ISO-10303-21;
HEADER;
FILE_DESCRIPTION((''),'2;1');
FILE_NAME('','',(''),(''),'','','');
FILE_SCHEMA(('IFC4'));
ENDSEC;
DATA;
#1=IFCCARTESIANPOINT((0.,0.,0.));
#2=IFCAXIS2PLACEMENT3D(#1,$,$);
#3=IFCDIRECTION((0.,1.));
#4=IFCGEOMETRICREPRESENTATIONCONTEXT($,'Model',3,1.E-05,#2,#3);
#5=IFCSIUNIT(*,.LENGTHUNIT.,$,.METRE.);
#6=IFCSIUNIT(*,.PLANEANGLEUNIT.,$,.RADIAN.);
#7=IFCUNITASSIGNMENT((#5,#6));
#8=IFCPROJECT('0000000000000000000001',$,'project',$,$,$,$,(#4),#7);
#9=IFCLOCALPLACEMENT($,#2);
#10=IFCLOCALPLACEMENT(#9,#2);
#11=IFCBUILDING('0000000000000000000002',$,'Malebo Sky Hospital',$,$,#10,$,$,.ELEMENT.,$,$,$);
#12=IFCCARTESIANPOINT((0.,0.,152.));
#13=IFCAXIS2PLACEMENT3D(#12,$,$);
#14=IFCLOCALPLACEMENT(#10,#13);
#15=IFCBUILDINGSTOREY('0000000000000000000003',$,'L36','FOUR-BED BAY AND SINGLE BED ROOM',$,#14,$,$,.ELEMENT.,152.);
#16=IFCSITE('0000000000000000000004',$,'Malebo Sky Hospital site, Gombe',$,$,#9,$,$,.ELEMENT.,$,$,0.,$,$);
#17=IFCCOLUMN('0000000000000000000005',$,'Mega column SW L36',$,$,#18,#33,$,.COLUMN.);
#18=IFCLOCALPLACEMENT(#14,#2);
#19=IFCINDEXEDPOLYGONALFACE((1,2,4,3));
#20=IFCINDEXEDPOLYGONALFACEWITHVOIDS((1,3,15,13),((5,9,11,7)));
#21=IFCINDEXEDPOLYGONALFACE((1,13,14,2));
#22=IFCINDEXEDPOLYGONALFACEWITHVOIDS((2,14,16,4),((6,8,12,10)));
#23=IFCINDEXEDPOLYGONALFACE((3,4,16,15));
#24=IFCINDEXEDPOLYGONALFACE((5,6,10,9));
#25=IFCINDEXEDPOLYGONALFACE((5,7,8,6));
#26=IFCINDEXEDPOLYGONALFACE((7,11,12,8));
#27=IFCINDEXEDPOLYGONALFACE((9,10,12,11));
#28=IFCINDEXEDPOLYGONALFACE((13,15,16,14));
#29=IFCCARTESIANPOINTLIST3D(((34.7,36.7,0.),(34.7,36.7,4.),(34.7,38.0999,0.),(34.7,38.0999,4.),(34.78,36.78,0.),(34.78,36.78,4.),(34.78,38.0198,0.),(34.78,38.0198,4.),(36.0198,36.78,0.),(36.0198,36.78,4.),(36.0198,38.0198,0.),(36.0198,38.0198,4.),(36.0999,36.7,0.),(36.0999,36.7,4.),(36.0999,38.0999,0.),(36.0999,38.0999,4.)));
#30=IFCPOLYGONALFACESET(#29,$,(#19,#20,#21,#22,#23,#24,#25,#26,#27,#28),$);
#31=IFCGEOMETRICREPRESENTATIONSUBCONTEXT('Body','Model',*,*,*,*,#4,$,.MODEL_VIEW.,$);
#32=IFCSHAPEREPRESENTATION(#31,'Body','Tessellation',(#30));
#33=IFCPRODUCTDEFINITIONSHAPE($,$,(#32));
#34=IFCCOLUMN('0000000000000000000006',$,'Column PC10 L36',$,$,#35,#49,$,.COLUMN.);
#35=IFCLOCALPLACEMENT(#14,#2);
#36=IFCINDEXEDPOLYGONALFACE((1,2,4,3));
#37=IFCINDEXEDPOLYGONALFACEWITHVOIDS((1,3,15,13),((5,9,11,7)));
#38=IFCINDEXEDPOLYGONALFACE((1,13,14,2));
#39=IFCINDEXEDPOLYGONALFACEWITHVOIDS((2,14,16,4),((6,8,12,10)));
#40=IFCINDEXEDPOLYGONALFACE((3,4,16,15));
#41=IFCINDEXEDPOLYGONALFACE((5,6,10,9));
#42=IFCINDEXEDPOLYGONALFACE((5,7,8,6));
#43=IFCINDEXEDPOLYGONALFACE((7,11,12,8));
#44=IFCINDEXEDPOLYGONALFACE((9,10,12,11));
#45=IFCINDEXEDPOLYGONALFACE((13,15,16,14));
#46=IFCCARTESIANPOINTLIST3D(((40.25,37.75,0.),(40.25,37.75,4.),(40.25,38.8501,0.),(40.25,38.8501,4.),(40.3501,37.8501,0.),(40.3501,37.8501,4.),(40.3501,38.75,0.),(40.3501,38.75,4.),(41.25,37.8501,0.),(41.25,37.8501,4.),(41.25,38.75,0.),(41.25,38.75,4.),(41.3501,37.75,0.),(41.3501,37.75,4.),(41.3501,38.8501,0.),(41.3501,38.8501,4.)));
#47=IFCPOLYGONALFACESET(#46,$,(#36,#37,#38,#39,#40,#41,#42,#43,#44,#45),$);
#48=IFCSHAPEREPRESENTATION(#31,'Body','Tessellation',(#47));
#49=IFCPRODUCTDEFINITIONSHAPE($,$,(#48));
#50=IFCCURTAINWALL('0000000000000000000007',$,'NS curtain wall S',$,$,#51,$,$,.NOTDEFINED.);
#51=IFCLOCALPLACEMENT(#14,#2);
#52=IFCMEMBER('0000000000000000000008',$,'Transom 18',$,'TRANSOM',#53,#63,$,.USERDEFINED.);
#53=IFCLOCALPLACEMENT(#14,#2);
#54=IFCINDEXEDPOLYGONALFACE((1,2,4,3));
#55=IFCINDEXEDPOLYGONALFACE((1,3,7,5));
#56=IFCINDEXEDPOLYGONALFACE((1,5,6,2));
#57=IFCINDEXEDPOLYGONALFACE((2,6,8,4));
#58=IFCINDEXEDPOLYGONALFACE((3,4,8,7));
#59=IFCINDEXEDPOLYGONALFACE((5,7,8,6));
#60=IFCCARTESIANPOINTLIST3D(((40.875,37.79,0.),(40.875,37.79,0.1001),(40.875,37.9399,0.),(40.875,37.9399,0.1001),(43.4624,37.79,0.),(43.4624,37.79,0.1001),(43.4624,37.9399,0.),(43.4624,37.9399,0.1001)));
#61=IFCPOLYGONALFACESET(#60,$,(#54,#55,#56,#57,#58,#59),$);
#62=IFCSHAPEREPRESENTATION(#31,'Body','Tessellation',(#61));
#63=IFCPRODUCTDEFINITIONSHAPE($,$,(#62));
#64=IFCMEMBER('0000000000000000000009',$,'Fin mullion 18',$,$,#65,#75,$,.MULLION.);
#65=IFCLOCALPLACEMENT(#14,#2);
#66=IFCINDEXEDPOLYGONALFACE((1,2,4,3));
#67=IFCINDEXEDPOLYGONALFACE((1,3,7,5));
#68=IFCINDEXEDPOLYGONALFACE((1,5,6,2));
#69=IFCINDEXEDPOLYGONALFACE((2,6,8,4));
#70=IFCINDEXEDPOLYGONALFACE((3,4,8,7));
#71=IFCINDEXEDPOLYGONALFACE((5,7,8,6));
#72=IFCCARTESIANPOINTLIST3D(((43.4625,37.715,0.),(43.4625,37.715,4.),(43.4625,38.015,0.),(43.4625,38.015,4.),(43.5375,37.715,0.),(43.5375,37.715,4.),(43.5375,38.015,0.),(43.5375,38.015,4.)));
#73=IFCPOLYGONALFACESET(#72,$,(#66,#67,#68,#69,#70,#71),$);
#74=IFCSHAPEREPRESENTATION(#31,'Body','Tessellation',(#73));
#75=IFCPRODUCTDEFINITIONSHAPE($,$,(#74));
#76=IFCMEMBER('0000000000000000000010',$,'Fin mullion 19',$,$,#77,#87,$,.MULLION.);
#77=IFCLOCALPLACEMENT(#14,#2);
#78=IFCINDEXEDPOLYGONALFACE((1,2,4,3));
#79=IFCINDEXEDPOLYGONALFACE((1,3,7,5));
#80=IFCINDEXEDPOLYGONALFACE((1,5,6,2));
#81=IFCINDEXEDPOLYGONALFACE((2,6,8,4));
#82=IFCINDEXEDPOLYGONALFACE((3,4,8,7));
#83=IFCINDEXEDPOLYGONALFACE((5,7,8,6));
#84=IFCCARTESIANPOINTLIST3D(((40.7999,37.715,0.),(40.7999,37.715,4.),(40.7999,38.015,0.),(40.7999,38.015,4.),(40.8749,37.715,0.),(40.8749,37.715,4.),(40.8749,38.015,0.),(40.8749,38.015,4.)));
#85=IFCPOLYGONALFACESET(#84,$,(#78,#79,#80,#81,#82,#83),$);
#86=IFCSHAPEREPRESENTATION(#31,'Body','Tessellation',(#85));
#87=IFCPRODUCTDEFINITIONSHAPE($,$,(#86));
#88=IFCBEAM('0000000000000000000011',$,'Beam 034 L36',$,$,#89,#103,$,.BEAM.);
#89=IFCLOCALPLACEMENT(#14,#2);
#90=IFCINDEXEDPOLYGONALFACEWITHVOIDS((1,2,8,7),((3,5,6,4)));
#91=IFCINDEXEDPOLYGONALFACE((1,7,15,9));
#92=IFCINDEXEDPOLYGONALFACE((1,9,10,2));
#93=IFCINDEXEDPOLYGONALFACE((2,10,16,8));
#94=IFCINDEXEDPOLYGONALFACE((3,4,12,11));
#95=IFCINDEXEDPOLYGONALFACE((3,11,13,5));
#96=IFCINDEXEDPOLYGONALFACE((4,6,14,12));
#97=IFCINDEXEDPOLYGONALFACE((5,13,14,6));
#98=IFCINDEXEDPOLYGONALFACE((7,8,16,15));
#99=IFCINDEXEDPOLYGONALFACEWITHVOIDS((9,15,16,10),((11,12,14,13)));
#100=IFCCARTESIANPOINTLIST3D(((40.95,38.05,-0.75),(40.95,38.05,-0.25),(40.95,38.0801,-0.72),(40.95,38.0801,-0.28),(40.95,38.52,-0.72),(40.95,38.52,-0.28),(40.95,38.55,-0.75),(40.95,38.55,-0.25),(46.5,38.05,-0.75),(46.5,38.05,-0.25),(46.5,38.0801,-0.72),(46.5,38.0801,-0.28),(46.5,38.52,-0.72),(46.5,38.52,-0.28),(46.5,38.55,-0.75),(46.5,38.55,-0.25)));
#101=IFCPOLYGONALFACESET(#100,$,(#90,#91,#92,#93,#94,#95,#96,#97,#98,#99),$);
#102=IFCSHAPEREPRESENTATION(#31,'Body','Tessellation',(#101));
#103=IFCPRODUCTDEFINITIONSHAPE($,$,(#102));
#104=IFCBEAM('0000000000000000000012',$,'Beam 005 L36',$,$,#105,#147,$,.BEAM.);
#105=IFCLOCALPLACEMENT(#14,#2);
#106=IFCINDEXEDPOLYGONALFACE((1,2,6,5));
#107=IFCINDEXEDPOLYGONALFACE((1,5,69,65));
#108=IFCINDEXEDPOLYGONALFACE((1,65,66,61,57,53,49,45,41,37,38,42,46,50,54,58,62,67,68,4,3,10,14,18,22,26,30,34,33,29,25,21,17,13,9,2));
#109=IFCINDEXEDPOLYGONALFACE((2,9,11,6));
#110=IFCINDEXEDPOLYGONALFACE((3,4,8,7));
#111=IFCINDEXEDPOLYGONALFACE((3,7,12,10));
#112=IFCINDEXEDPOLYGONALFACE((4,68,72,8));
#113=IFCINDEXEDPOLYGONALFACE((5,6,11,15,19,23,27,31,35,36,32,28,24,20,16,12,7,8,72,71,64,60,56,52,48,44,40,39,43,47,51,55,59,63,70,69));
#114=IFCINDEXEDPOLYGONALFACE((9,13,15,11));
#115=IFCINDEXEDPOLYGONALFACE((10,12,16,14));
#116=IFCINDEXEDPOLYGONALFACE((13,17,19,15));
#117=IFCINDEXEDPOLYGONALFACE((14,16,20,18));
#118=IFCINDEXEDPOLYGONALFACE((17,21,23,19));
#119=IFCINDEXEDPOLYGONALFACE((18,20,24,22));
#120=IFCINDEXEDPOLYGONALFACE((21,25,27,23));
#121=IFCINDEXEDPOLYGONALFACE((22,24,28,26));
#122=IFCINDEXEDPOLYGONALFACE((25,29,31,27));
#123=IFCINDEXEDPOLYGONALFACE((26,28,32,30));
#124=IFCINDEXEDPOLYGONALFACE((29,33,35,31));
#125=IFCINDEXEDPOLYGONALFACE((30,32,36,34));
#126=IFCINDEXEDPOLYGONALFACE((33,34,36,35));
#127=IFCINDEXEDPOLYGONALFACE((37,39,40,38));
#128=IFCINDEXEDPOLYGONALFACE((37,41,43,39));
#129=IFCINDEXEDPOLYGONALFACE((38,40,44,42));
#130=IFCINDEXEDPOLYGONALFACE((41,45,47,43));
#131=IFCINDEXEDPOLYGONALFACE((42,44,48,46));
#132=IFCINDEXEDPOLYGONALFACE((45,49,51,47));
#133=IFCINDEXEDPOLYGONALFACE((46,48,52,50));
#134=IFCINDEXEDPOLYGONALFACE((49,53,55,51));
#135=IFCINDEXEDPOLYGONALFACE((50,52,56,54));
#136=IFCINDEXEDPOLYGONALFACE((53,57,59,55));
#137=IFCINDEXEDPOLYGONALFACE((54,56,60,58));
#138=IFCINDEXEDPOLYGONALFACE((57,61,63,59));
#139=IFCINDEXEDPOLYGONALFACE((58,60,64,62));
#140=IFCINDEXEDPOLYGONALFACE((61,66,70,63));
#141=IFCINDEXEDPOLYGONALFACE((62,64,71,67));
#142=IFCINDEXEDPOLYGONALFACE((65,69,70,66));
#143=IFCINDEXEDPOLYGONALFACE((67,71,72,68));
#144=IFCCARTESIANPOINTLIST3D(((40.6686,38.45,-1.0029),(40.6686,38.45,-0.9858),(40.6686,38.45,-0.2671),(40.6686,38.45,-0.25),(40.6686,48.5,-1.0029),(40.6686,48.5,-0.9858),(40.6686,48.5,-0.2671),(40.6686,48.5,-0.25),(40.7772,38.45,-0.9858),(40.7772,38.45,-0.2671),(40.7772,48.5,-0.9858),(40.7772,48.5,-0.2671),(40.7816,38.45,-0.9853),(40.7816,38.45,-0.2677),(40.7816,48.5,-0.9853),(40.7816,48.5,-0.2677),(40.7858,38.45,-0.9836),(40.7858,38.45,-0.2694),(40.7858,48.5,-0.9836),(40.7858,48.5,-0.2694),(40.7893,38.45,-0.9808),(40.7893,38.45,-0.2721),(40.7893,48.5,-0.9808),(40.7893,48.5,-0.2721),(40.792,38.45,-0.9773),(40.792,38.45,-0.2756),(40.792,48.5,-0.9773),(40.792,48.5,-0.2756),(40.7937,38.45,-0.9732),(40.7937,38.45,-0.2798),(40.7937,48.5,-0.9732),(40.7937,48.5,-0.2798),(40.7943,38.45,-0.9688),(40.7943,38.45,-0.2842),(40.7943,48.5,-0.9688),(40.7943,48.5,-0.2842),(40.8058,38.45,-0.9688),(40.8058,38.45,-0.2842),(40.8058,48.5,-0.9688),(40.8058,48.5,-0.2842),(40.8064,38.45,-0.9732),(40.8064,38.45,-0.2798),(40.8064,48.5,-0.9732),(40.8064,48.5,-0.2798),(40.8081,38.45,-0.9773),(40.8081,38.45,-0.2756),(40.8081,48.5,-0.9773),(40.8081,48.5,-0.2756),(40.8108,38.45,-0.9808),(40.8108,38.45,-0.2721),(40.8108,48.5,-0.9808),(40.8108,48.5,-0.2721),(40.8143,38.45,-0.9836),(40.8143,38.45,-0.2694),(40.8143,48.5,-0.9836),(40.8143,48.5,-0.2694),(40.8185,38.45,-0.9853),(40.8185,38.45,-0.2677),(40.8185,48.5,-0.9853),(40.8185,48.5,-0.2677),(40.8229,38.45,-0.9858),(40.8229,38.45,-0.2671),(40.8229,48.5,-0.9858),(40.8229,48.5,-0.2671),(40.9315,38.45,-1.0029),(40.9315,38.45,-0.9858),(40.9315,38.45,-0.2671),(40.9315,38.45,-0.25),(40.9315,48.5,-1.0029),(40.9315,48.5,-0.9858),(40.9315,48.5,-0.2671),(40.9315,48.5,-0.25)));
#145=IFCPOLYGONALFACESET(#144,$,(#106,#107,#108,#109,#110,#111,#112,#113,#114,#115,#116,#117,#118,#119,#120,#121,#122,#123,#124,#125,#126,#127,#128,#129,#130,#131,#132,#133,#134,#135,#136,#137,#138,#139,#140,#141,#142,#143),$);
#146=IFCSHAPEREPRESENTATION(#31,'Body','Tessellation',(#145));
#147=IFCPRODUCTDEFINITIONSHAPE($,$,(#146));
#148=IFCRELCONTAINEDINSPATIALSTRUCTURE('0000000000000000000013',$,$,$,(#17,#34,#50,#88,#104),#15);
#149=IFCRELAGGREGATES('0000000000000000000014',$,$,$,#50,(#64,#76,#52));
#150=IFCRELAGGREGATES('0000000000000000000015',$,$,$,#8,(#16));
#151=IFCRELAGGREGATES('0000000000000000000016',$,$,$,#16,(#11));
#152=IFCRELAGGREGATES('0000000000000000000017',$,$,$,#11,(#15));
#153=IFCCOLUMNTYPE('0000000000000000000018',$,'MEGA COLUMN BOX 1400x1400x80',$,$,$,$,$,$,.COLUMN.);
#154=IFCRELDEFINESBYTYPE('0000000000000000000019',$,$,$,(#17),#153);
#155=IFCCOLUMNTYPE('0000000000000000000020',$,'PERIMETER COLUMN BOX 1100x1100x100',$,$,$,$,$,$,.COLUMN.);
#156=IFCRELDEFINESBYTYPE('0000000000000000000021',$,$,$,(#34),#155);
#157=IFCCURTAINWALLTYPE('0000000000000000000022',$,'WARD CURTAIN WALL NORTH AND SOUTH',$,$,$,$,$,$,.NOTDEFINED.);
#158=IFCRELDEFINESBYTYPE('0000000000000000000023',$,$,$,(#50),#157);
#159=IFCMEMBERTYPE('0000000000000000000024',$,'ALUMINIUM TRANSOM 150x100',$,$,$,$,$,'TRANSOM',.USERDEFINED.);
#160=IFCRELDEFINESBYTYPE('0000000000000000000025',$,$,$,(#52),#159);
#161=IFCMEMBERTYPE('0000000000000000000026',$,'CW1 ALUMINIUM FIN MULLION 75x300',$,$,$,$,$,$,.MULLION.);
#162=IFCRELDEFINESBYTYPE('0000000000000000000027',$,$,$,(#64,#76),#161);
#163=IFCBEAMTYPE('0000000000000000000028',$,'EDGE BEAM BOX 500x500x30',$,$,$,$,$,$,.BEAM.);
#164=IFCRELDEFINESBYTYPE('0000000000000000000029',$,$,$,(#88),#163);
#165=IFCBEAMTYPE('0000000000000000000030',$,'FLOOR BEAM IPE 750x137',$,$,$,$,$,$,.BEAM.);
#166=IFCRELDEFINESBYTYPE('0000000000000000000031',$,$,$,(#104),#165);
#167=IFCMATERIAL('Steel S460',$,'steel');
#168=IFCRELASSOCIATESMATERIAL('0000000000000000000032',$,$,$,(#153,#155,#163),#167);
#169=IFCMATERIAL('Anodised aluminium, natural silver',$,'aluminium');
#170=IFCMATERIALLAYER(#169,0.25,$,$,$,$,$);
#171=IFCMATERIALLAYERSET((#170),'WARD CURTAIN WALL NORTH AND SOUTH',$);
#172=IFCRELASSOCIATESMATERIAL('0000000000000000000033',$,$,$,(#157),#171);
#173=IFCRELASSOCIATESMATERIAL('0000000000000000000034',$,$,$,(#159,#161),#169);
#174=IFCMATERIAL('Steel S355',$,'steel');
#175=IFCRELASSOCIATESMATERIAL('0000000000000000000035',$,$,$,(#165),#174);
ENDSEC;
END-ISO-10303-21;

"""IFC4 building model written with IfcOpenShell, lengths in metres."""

from ifc_helpers import new_model, si_unit, direction, frame, origin, origin_2d, place, context, subcontext, project, spatial, rectangle, hollow_rectangle, i_section, extrude, material, layer, layer_set, material_profile, profile_set, type_object, element, aggregate, save


model = new_model("IFC4")

# Units and contexts
model_context = context("Model", 3, precision=1e-05, world=origin(), true_north=direction((0.0, 1.0)))
body_context = subcontext(model_context, "Body", "Model", "MODEL_VIEW")
ifc_project = project(units=[si_unit("LENGTHUNIT", "METRE"), si_unit("PLANEANGLEUNIT", "RADIAN")], contexts=[model_context])

# Site, building, storey
site_placement = place(None, origin())
site = spatial("IfcSite", under=ifc_project, at=site_placement, Name="Malebo Sky Hospital site, Gombe", CompositionType="ELEMENT", RefElevation=0.0)
building_placement = place(site_placement, origin())
building = spatial("IfcBuilding", under=site, at=building_placement, Name="Malebo Sky Hospital", CompositionType="ELEMENT")
storey_placement = place(building_placement, frame((0.0, 0.0, 152.0)))
storey = spatial("IfcBuildingStorey", under=building, at=storey_placement, Name="L36", Description="FOUR-BED BAY AND SINGLE BED ROOM", CompositionType="ELEMENT", Elevation=152.0)

# Columns
ifc_material_1 = material(Name="Steel S460", Category="steel")
ifc_material_profile_1 = material_profile(ifc_material_1, hollow_rectangle(XDim=1.3999, YDim=1.3999, WallThickness=0.0801, at=origin_2d()), Name="BOX 1400x1400x80")
ifc_profile_set_1 = profile_set([ifc_material_profile_1], Name="Steel S460")
column_type_1 = type_object("IfcColumnType", Name="MEGA COLUMN BOX 1400x1400x80", PredefinedType="COLUMN", material=ifc_profile_set_1)
column_1_placement = place(storey_placement, frame((35.3999, 37.3999, 0.0), z_axis=(0.0, 0.0, 1.0), x_axis=(1.0, 0.0, 0.0)))
element("IfcColumn", 1, at=column_1_placement, inside=storey, type_object=column_type_1, Name="Mega column SW L36", PredefinedType="COLUMN", context=body_context, shape_type="SweptSolid", body=[
    extrude(hollow_rectangle(XDim=1.3999, YDim=1.3999, WallThickness=0.0801, at=origin_2d()), origin(), (0.0, 0.0, 1.0), 4.0),
])
ifc_material_profile_2 = material_profile(ifc_material_1, hollow_rectangle(XDim=1.1001, YDim=1.1001, WallThickness=0.1001, at=origin_2d()), Name="BOX 1100x1100x100")
ifc_profile_set_2 = profile_set([ifc_material_profile_2], Name="Steel S460")
column_type_2 = type_object("IfcColumnType", Name="PERIMETER COLUMN BOX 1100x1100x100", PredefinedType="COLUMN", material=ifc_profile_set_2)
column_2_placement = place(storey_placement, frame((40.8, 38.3, 0.0), z_axis=(0.0, 0.0, 1.0), x_axis=(1.0, 0.0, 0.0)))
element("IfcColumn", 2, at=column_2_placement, inside=storey, type_object=column_type_2, Name="Column PC10 L36", PredefinedType="COLUMN", context=body_context, shape_type="SweptSolid", body=[
    extrude(hollow_rectangle(XDim=1.1001, YDim=1.1001, WallThickness=0.1001, at=origin_2d()), origin(), (0.0, 0.0, 1.0), 4.0),
])

# Curtain wall, members
ifc_material_2 = material(Name="Anodised aluminium, natural silver", Category="aluminium")
ifc_layer_1 = layer(ifc_material_2, 0.25)
ifc_layer_set_1 = layer_set([ifc_layer_1], Name="WARD CURTAIN WALL NORTH AND SOUTH")
curtain_wall_type = type_object("IfcCurtainWallType", Name="WARD CURTAIN WALL NORTH AND SOUTH", PredefinedType="NOTDEFINED", material=ifc_layer_set_1)
curtain_wall_placement = place(storey_placement, origin())
curtain_wall = element("IfcCurtainWall", 3, at=curtain_wall_placement, inside=storey, type_object=curtain_wall_type, Name="NS curtain wall S", PredefinedType="NOTDEFINED")
ifc_material_profile_3 = material_profile(ifc_material_2, rectangle(XDim=0.1499, YDim=0.1001, at=origin_2d()), Name="ALUMINIUM TRANSOM 150x100")
ifc_profile_set_3 = profile_set([ifc_material_profile_3], Name="Anodised aluminium, natural silver")
member_type_1 = type_object("IfcMemberType", Name="ALUMINIUM TRANSOM 150x100", ElementType="TRANSOM", PredefinedType="USERDEFINED", material=ifc_profile_set_3)
member_1_placement = place(storey_placement, frame((43.4624, 37.865, 0.05), z_axis=(-1.0, 0.0, 0.0), x_axis=(0.0, -1.0, 0.0)))
member_1 = element("IfcMember", 4, at=member_1_placement, type_object=member_type_1, Name="Transom 18", ObjectType="TRANSOM", PredefinedType="USERDEFINED", context=body_context, shape_type="SweptSolid", body=[
    extrude(rectangle(XDim=0.1499, YDim=0.1001, at=origin_2d()), origin(), (0.0, 0.0, 1.0), 2.5874),
])
ifc_material_profile_4 = material_profile(ifc_material_2, rectangle(XDim=0.075, YDim=0.3, at=origin_2d()), Name="CW1 ALUMINIUM FIN MULLION 75x300")
ifc_profile_set_4 = profile_set([ifc_material_profile_4], Name="Anodised aluminium, natural silver")
member_type_2 = type_object("IfcMemberType", Name="CW1 ALUMINIUM FIN MULLION 75x300", PredefinedType="MULLION", material=ifc_profile_set_4)
member_2_placement = place(storey_placement, frame((43.5, 37.865, 0.0), z_axis=(0.0, 0.0, 1.0), x_axis=(-1.0, 0.0, 0.0)))
member_2 = element("IfcMember", 5, at=member_2_placement, type_object=member_type_2, Name="Fin mullion 18", PredefinedType="MULLION", context=body_context, shape_type="SweptSolid", body=[
    extrude(rectangle(XDim=0.075, YDim=0.3, at=origin_2d()), origin(), (0.0, 0.0, 1.0), 4.0),
])
member_3_placement = place(storey_placement, frame((40.8374, 37.865, 0.0), z_axis=(0.0, 0.0, 1.0), x_axis=(-1.0, 0.0, 0.0)))
member_3 = element("IfcMember", 6, at=member_3_placement, type_object=member_type_2, Name="Fin mullion 19", PredefinedType="MULLION", context=body_context, shape_type="SweptSolid", body=[
    extrude(rectangle(XDim=0.075, YDim=0.3, at=origin_2d()), origin(), (0.0, 0.0, 1.0), 4.0),
])

# Beams
ifc_material_profile_5 = material_profile(ifc_material_1, hollow_rectangle(XDim=0.5, YDim=0.5, WallThickness=0.03, at=origin_2d()), Name="BOX 500x500x30")
ifc_profile_set_5 = profile_set([ifc_material_profile_5], Name="Steel S460")
beam_type_1 = type_object("IfcBeamType", Name="EDGE BEAM BOX 500x500x30", PredefinedType="BEAM", material=ifc_profile_set_5)
beam_1_placement = place(storey_placement, frame((40.95, 38.3, -0.5), z_axis=(1.0, 0.0, 0.0), x_axis=(0.0, 1.0, 0.0)))
element("IfcBeam", 7, at=beam_1_placement, inside=storey, type_object=beam_type_1, Name="Beam 034 L36", PredefinedType="BEAM", context=body_context, shape_type="SweptSolid", body=[
    extrude(hollow_rectangle(XDim=0.5, YDim=0.5, WallThickness=0.03, at=origin_2d()), origin(), (0.0, 0.0, 1.0), 5.55),
])
ifc_material_3 = material(Name="Steel S355", Category="steel")
ifc_material_profile_6 = material_profile(ifc_material_3, i_section(OverallWidth=0.2629, OverallDepth=0.7529, WebThickness=0.0115, FlangeThickness=0.0171, FilletRadius=0.0171, at=origin_2d()), Name="IPE 750x137")
ifc_profile_set_6 = profile_set([ifc_material_profile_6], Name="Steel S355")
beam_type_2 = type_object("IfcBeamType", Name="FLOOR BEAM IPE 750x137", PredefinedType="BEAM", material=ifc_profile_set_6)
beam_2_placement = place(storey_placement, frame((40.8, 38.45, -0.6265), z_axis=(0.0, 1.0, 0.0), x_axis=(-1.0, 0.0, 0.0)))
element("IfcBeam", 8, at=beam_2_placement, inside=storey, type_object=beam_type_2, Name="Beam 005 L36", PredefinedType="BEAM", context=body_context, shape_type="SweptSolid", body=[
    extrude(i_section(OverallWidth=0.2629, OverallDepth=0.7529, WebThickness=0.0115, FlangeThickness=0.0171, FilletRadius=0.0171, at=origin_2d()), origin(), (0.0, 0.0, 1.0), 10.05),
])

aggregate(curtain_wall, [member_2, member_3, member_1])

save(model, "model.ifc")
